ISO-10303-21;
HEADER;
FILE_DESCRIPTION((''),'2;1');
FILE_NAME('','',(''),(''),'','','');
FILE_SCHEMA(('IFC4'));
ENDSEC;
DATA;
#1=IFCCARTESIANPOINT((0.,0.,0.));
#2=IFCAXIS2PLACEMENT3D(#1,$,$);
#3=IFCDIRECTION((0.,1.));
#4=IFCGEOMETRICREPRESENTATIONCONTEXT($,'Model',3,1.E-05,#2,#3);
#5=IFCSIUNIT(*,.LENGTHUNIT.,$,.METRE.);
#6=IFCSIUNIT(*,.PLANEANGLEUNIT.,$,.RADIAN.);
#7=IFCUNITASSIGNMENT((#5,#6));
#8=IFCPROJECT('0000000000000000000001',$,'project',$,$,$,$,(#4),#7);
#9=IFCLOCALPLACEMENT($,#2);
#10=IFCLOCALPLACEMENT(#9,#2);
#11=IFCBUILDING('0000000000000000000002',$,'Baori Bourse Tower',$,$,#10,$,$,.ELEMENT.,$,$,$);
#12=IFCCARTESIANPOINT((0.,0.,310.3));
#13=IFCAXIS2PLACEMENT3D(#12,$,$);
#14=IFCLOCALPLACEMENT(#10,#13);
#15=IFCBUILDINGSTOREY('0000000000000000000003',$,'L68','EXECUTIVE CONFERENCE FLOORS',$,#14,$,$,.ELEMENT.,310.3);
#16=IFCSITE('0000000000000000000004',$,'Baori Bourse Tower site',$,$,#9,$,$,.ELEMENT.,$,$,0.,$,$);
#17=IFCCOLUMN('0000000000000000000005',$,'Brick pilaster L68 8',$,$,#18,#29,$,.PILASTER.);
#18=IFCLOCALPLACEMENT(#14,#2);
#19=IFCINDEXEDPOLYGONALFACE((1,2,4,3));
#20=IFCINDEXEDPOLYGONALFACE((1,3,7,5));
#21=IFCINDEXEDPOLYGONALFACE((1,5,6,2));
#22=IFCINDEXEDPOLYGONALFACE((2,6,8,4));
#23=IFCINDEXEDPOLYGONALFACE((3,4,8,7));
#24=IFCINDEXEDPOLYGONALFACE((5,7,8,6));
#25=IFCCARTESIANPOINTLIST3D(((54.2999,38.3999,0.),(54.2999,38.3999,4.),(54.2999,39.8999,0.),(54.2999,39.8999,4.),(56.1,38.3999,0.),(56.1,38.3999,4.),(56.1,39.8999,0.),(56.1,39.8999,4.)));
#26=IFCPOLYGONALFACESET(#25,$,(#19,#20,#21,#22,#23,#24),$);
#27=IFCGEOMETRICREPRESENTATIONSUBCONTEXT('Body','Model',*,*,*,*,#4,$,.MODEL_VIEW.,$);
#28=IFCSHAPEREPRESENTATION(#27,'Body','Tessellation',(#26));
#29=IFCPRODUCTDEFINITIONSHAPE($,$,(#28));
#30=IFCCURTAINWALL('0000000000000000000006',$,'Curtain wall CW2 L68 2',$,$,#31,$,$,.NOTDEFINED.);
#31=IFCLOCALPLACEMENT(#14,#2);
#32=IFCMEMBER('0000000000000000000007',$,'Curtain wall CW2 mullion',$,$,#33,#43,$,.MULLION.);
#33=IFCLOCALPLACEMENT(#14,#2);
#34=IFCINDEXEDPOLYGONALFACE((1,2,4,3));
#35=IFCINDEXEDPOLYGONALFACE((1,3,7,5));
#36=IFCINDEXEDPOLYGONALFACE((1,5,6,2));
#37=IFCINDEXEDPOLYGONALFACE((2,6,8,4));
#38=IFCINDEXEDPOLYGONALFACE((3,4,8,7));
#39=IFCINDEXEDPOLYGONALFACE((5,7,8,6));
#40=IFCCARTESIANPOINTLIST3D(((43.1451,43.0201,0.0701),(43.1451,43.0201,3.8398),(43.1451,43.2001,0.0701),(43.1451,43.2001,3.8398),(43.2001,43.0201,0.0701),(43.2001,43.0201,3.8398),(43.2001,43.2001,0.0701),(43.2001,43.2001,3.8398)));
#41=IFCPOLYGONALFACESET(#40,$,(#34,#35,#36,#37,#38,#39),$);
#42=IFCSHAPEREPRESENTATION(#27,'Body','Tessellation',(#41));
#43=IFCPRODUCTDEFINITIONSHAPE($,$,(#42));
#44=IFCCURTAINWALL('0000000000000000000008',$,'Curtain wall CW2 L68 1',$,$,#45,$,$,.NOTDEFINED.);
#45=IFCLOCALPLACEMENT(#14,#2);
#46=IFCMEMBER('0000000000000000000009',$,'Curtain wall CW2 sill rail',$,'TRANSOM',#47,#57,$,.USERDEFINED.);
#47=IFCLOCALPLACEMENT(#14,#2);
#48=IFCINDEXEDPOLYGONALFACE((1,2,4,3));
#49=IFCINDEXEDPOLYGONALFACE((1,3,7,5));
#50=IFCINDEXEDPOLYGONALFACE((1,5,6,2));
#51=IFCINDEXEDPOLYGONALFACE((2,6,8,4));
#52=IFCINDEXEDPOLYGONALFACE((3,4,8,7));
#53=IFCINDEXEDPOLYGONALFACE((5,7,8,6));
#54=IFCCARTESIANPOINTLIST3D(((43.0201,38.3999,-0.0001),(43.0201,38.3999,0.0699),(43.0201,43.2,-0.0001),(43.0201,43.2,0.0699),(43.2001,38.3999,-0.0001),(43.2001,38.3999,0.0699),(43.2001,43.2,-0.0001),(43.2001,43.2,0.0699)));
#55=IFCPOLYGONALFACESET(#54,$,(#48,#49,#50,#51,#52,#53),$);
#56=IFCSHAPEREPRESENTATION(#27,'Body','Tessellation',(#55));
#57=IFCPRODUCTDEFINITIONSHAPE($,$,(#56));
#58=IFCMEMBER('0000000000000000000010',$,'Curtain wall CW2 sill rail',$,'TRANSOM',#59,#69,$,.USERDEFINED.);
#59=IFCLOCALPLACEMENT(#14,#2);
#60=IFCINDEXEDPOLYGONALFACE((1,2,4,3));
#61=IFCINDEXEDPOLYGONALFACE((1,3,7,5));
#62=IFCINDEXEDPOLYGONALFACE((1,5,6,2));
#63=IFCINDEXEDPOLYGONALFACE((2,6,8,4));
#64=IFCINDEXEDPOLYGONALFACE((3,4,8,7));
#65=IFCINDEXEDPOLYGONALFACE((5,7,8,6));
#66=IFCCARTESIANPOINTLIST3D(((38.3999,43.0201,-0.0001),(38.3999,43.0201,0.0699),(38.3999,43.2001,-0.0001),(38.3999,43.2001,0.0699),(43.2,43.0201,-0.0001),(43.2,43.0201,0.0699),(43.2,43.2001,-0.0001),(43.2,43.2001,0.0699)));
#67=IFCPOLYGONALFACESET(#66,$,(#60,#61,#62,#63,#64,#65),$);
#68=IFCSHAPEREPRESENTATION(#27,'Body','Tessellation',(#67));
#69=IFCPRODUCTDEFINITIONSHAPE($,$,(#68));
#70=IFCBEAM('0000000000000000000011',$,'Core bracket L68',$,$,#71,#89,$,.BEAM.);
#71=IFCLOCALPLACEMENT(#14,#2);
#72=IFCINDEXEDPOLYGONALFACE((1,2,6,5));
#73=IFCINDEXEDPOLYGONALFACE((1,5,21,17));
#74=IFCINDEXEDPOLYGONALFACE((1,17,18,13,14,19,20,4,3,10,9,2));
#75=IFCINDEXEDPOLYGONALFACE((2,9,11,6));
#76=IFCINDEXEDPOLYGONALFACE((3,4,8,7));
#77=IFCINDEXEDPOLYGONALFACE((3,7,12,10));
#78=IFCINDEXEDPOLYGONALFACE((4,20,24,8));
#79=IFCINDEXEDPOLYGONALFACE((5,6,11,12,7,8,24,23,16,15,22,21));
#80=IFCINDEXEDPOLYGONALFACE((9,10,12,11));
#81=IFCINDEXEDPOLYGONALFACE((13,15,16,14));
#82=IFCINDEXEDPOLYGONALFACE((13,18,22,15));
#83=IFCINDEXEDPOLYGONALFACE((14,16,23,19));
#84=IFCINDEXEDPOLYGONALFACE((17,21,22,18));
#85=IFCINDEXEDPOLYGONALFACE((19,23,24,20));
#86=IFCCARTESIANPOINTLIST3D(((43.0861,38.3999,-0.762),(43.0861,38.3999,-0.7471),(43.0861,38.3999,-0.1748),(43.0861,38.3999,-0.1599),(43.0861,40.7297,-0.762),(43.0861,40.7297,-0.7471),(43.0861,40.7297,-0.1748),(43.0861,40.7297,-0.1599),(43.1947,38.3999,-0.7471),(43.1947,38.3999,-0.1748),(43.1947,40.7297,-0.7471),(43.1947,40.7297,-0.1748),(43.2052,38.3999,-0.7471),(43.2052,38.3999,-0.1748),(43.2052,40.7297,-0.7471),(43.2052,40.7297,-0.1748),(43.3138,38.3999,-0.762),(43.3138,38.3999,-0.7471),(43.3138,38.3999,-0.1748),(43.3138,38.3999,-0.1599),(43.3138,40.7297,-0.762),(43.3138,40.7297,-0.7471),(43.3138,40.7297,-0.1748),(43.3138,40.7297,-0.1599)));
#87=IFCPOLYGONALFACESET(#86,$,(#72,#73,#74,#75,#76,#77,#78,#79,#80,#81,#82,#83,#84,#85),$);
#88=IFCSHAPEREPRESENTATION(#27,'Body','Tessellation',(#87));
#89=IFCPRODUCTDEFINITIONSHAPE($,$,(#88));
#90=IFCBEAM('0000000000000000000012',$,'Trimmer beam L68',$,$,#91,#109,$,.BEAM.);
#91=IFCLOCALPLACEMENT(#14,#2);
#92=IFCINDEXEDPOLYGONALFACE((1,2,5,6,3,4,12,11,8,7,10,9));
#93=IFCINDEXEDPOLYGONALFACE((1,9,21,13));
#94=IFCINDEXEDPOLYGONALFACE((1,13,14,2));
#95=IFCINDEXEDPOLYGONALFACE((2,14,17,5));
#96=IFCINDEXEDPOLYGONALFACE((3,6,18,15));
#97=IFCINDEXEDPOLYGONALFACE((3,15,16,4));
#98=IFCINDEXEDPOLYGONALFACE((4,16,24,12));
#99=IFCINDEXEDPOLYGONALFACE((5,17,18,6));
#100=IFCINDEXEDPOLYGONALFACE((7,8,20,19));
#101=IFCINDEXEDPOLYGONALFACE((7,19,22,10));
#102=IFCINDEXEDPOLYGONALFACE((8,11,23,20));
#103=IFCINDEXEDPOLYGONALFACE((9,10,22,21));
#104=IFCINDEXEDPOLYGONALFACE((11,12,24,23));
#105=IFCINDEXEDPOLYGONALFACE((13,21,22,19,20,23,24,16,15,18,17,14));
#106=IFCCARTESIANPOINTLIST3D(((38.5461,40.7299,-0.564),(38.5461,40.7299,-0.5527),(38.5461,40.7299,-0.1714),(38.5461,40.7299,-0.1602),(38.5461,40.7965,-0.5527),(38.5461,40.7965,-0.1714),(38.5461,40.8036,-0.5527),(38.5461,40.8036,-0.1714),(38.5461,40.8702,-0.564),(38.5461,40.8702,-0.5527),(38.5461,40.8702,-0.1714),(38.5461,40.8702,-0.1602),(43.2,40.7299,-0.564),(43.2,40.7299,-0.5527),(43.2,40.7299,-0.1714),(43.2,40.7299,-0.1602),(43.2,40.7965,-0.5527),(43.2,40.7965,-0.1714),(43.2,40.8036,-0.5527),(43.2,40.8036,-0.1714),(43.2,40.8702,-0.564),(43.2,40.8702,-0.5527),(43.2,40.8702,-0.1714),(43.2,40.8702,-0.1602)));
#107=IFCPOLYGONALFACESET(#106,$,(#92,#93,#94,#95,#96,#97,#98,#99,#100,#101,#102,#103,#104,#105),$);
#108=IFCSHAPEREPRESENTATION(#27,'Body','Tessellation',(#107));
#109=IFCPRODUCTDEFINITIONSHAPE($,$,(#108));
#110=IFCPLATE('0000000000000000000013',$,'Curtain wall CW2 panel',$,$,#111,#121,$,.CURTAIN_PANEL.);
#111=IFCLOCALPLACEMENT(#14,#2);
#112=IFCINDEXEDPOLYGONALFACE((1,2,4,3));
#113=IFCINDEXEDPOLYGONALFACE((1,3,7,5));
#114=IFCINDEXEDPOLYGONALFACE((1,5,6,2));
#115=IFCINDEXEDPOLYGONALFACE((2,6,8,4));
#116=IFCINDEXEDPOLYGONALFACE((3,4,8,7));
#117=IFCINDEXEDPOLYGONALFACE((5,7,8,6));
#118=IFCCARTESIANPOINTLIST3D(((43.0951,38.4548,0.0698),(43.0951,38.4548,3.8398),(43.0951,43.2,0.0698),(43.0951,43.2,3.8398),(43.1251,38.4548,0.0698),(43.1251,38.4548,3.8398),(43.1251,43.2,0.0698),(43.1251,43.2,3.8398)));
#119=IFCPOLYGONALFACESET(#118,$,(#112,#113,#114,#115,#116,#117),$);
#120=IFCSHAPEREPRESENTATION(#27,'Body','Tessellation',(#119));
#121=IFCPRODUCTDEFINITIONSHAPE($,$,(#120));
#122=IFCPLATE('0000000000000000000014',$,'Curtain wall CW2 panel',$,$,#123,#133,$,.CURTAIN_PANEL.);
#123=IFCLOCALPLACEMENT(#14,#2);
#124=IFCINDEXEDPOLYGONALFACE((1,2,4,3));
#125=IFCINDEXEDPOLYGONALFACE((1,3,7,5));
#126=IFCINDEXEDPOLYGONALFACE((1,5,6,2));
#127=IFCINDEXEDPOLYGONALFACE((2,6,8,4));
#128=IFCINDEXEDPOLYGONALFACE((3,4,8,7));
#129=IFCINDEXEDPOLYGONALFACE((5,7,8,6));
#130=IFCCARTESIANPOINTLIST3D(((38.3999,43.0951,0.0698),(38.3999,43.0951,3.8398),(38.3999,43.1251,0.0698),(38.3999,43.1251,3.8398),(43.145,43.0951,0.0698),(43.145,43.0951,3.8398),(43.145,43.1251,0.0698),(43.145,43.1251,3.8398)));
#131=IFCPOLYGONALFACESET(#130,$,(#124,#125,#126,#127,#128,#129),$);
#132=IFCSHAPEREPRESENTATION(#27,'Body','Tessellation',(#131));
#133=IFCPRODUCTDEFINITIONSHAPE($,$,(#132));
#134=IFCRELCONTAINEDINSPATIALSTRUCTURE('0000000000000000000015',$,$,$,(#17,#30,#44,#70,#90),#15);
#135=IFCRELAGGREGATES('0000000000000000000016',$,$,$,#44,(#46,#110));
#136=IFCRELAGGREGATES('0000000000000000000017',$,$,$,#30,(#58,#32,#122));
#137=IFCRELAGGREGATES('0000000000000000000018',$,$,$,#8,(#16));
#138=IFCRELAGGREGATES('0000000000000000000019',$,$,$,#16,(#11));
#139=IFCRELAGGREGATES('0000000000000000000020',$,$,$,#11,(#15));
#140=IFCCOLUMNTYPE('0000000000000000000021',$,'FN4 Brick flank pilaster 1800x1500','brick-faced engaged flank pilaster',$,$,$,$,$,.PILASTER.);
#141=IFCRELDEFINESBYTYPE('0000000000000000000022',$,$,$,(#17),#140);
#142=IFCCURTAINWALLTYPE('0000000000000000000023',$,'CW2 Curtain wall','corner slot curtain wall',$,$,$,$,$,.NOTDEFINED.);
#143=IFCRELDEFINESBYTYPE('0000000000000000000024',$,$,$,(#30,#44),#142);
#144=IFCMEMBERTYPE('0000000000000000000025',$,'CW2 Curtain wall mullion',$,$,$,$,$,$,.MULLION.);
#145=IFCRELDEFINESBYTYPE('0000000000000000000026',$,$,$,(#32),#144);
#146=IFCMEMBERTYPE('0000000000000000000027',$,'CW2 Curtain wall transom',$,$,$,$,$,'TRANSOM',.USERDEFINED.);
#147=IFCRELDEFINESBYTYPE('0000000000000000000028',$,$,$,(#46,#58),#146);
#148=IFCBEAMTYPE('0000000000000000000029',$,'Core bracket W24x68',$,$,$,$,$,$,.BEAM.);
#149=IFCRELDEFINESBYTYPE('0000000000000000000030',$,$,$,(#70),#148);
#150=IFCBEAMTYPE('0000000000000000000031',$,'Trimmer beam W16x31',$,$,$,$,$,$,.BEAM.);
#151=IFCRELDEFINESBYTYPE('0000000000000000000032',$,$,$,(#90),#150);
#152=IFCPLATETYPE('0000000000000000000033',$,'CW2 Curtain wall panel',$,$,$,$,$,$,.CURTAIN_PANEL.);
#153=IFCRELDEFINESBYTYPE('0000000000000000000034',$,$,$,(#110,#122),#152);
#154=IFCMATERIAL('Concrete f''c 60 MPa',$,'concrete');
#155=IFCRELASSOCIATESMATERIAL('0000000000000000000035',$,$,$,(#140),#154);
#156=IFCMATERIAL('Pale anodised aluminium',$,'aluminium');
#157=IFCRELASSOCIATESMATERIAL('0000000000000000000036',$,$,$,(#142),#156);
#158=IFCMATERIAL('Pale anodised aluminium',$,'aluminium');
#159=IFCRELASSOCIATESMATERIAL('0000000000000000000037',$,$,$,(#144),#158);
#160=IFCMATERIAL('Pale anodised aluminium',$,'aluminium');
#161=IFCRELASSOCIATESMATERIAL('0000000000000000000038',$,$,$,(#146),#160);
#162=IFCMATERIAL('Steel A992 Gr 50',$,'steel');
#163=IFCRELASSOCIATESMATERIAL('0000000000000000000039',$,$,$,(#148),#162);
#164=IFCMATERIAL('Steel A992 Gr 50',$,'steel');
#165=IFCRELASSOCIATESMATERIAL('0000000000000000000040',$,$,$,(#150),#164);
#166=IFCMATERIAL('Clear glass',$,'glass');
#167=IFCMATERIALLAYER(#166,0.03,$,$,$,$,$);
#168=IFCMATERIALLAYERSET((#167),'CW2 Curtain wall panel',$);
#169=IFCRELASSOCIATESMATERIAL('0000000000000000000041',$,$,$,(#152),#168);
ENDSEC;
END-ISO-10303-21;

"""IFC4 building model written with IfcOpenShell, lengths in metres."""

from ifc_helpers import new_model, si_unit, direction, frame, origin, origin_2d, place, context, subcontext, project, spatial, rectangle, i_section, extrude, material, layer, layer_set, material_profile, profile_set, type_object, element, aggregate, save


model = new_model("IFC4")

# Units and contexts
model_context = context("Model", 3, precision=1e-05, world=origin(), true_north=direction((0.0, 1.0)))
body_context = subcontext(model_context, "Body", "Model", "MODEL_VIEW")
ifc_project = project(units=[si_unit("LENGTHUNIT", "METRE"), si_unit("PLANEANGLEUNIT", "RADIAN")], contexts=[model_context])

# Site, building, storey
site_placement = place(None, origin())
site = spatial("IfcSite", under=ifc_project, at=site_placement, Name="Baori Bourse Tower site", CompositionType="ELEMENT", RefElevation=0.0)
building_placement = place(site_placement, origin())
building = spatial("IfcBuilding", under=site, at=building_placement, Name="Baori Bourse Tower", CompositionType="ELEMENT")
storey_placement = place(building_placement, frame((0.0, 0.0, 310.3)))
storey = spatial("IfcBuildingStorey", under=building, at=storey_placement, Name="L68", Description="EXECUTIVE CONFERENCE FLOORS", CompositionType="ELEMENT", Elevation=310.3)

# Column
ifc_material_1 = material(Name="Concrete f'c 60 MPa", Category="concrete")
ifc_material_profile_1 = material_profile(ifc_material_1, rectangle(XDim=1.8, YDim=1.5, at=origin_2d()), Name="RC 1800x1500")
ifc_profile_set_1 = profile_set([ifc_material_profile_1], Name="Concrete f'c 60 MPa")
column_type = type_object("IfcColumnType", Name="FN4 Brick flank pilaster 1800x1500", Description="brick-faced engaged flank pilaster", PredefinedType="PILASTER", material=ifc_profile_set_1)
column_placement = place(storey_placement, frame((55.2, 39.1499, 0.0), z_axis=(0.0, 0.0, 1.0), x_axis=(1.0, 0.0, 0.0)))
element("IfcColumn", 1, at=column_placement, inside=storey, type_object=column_type, Name="Brick pilaster L68 8", PredefinedType="PILASTER", context=body_context, shape_type="SweptSolid", body=[
    extrude(rectangle(XDim=1.8, YDim=1.5, at=origin_2d()), origin(), (0.0, 0.0, 1.0), 4.0),
])

# Curtain walls, members
ifc_material_2 = material(Name="Pale anodised aluminium", Category="aluminium")
curtain_wall_type = type_object("IfcCurtainWallType", Name="CW2 Curtain wall", Description="corner slot curtain wall", PredefinedType="NOTDEFINED", material=ifc_material_2)
curtain_wall_1_placement = place(storey_placement, origin())
curtain_wall_1 = element("IfcCurtainWall", 2, at=curtain_wall_1_placement, inside=storey, type_object=curtain_wall_type, Name="Curtain wall CW2 L68 2", PredefinedType="NOTDEFINED")
ifc_material_3 = material(Name="Pale anodised aluminium", Category="aluminium")
ifc_material_profile_2 = material_profile(ifc_material_3, rectangle(XDim=0.1799, YDim=0.0549, at=origin_2d()), Name="Mullion 55x180")
ifc_profile_set_2 = profile_set([ifc_material_profile_2], Name="Pale anodised aluminium")
member_type_1 = type_object("IfcMemberType", Name="CW2 Curtain wall mullion", PredefinedType="MULLION", material=ifc_profile_set_2)
member_1_placement = place(storey_placement, frame((43.1726, 43.1101, 0.0701), z_axis=(0.0, 0.0, 1.0), x_axis=(0.0, -1.0, 0.0)))
member_1 = element("IfcMember", 3, at=member_1_placement, type_object=member_type_1, Name="Curtain wall CW2 mullion", PredefinedType="MULLION", context=body_context, shape_type="SweptSolid", body=[
    extrude(rectangle(XDim=0.1799, YDim=0.0549, at=origin_2d()), origin(), (0.0, 0.0, 1.0), 3.7698),
])
curtain_wall_2_placement = place(storey_placement, origin())
curtain_wall_2 = element("IfcCurtainWall", 4, at=curtain_wall_2_placement, inside=storey, type_object=curtain_wall_type, Name="Curtain wall CW2 L68 1", PredefinedType="NOTDEFINED")
ifc_material_4 = material(Name="Pale anodised aluminium", Category="aluminium")
ifc_material_profile_3 = material_profile(ifc_material_4, rectangle(XDim=0.1799, YDim=0.0701, at=origin_2d()), Name="Transom 70x180")
ifc_profile_set_3 = profile_set([ifc_material_profile_3], Name="Pale anodised aluminium")
member_type_2 = type_object("IfcMemberType", Name="CW2 Curtain wall transom", ElementType="TRANSOM", PredefinedType="USERDEFINED", material=ifc_profile_set_3)
member_2_placement = place(storey_placement, frame((43.1101, 38.3999, 0.0349), z_axis=(0.0, 1.0, 0.0), x_axis=(-1.0, 0.0, 0.0)))
member_2 = element("IfcMember", 5, at=member_2_placement, type_object=member_type_2, Name="Curtain wall CW2 sill rail", ObjectType="TRANSOM", PredefinedType="USERDEFINED", context=body_context, shape_type="SweptSolid", body=[
    extrude(rectangle(XDim=0.1799, YDim=0.0701, at=origin_2d()), origin(), (0.0, 0.0, 1.0), 4.8),
])

# Member
member_3_placement = place(storey_placement, frame((43.2, 43.1101, 0.0349), z_axis=(-1.0, 0.0, 0.0), x_axis=(0.0, -1.0, 0.0)))
member_3 = element("IfcMember", 6, at=member_3_placement, type_object=member_type_2, Name="Curtain wall CW2 sill rail", ObjectType="TRANSOM", PredefinedType="USERDEFINED", context=body_context, shape_type="SweptSolid", body=[
    extrude(rectangle(XDim=0.1799, YDim=0.0701, at=origin_2d()), origin(), (0.0, 0.0, 1.0), 4.8),
])

# Beams
ifc_material_5 = material(Name="Steel A992 Gr 50", Category="steel")
ifc_material_profile_4 = material_profile(ifc_material_5, i_section(OverallWidth=0.2278, OverallDepth=0.6021, WebThickness=0.0105, FlangeThickness=0.0149, at=origin_2d()), Name="W24x68")
ifc_profile_set_4 = profile_set([ifc_material_profile_4], Name="Steel A992 Gr 50")
beam_type_1 = type_object("IfcBeamType", Name="Core bracket W24x68", PredefinedType="BEAM", material=ifc_profile_set_4)
beam_1_placement = place(storey_placement, frame((43.2, 38.3999, -0.4609), z_axis=(0.0, 1.0, 0.0), x_axis=(-1.0, 0.0, 0.0)))
element("IfcBeam", 7, at=beam_1_placement, inside=storey, type_object=beam_type_1, Name="Core bracket L68", PredefinedType="BEAM", context=body_context, shape_type="SweptSolid", body=[
    extrude(i_section(OverallWidth=0.2278, OverallDepth=0.6021, WebThickness=0.0105, FlangeThickness=0.0149, at=origin_2d()), origin(), (0.0, 0.0, 1.0), 2.3298),
])
ifc_material_6 = material(Name="Steel A992 Gr 50", Category="steel")
ifc_material_profile_5 = material_profile(ifc_material_6, i_section(OverallWidth=0.1404, OverallDepth=0.4038, WebThickness=0.0071, FlangeThickness=0.0112, at=origin_2d()), Name="W16x31")
ifc_profile_set_5 = profile_set([ifc_material_profile_5], Name="Steel A992 Gr 50")
beam_type_2 = type_object("IfcBeamType", Name="Trimmer beam W16x31", PredefinedType="BEAM", material=ifc_profile_set_5)
beam_2_placement = place(storey_placement, frame((38.5461, 40.8, -0.3621), z_axis=(1.0, 0.0, 0.0), x_axis=(0.0, 1.0, 0.0)))
element("IfcBeam", 8, at=beam_2_placement, inside=storey, type_object=beam_type_2, Name="Trimmer beam L68", PredefinedType="BEAM", context=body_context, shape_type="SweptSolid", body=[
    extrude(i_section(OverallWidth=0.1404, OverallDepth=0.4038, WebThickness=0.0071, FlangeThickness=0.0112, at=origin_2d()), origin(), (0.0, 0.0, 1.0), 4.6538),
])

# Plates
ifc_material_7 = material(Name="Clear glass", Category="glass")
ifc_layer_1 = layer(ifc_material_7, 0.03)
ifc_layer_set_1 = layer_set([ifc_layer_1], Name="CW2 Curtain wall panel")
plate_type = type_object("IfcPlateType", Name="CW2 Curtain wall panel", PredefinedType="CURTAIN_PANEL", material=ifc_layer_set_1)
plate_1_placement = place(storey_placement, frame((43.1101, 40.8274, 0.0698), z_axis=(0.0, 0.0, 1.0), x_axis=(0.0, 1.0, 0.0)))
plate_1 = element("IfcPlate", 9, at=plate_1_placement, type_object=plate_type, Name="Curtain wall CW2 panel", PredefinedType="CURTAIN_PANEL", context=body_context, shape_type="SweptSolid", body=[
    extrude(rectangle(XDim=4.7451, YDim=0.03, at=origin_2d()), origin(), (0.0, 0.0, 1.0), 3.77),
])
aggregate(curtain_wall_2, [member_2, plate_1])
plate_2_placement = place(storey_placement, frame((40.7725, 43.1101, 0.0698), z_axis=(0.0, 0.0, 1.0), x_axis=(-1.0, 0.0, 0.0)))
plate_2 = element("IfcPlate", 10, at=plate_2_placement, type_object=plate_type, Name="Curtain wall CW2 panel", PredefinedType="CURTAIN_PANEL", context=body_context, shape_type="SweptSolid", body=[
    extrude(rectangle(XDim=4.7451, YDim=0.03, at=origin_2d()), origin(), (0.0, 0.0, 1.0), 3.77),
])
aggregate(curtain_wall_1, [member_3, member_1, plate_2])

save(model, "model.ifc")
